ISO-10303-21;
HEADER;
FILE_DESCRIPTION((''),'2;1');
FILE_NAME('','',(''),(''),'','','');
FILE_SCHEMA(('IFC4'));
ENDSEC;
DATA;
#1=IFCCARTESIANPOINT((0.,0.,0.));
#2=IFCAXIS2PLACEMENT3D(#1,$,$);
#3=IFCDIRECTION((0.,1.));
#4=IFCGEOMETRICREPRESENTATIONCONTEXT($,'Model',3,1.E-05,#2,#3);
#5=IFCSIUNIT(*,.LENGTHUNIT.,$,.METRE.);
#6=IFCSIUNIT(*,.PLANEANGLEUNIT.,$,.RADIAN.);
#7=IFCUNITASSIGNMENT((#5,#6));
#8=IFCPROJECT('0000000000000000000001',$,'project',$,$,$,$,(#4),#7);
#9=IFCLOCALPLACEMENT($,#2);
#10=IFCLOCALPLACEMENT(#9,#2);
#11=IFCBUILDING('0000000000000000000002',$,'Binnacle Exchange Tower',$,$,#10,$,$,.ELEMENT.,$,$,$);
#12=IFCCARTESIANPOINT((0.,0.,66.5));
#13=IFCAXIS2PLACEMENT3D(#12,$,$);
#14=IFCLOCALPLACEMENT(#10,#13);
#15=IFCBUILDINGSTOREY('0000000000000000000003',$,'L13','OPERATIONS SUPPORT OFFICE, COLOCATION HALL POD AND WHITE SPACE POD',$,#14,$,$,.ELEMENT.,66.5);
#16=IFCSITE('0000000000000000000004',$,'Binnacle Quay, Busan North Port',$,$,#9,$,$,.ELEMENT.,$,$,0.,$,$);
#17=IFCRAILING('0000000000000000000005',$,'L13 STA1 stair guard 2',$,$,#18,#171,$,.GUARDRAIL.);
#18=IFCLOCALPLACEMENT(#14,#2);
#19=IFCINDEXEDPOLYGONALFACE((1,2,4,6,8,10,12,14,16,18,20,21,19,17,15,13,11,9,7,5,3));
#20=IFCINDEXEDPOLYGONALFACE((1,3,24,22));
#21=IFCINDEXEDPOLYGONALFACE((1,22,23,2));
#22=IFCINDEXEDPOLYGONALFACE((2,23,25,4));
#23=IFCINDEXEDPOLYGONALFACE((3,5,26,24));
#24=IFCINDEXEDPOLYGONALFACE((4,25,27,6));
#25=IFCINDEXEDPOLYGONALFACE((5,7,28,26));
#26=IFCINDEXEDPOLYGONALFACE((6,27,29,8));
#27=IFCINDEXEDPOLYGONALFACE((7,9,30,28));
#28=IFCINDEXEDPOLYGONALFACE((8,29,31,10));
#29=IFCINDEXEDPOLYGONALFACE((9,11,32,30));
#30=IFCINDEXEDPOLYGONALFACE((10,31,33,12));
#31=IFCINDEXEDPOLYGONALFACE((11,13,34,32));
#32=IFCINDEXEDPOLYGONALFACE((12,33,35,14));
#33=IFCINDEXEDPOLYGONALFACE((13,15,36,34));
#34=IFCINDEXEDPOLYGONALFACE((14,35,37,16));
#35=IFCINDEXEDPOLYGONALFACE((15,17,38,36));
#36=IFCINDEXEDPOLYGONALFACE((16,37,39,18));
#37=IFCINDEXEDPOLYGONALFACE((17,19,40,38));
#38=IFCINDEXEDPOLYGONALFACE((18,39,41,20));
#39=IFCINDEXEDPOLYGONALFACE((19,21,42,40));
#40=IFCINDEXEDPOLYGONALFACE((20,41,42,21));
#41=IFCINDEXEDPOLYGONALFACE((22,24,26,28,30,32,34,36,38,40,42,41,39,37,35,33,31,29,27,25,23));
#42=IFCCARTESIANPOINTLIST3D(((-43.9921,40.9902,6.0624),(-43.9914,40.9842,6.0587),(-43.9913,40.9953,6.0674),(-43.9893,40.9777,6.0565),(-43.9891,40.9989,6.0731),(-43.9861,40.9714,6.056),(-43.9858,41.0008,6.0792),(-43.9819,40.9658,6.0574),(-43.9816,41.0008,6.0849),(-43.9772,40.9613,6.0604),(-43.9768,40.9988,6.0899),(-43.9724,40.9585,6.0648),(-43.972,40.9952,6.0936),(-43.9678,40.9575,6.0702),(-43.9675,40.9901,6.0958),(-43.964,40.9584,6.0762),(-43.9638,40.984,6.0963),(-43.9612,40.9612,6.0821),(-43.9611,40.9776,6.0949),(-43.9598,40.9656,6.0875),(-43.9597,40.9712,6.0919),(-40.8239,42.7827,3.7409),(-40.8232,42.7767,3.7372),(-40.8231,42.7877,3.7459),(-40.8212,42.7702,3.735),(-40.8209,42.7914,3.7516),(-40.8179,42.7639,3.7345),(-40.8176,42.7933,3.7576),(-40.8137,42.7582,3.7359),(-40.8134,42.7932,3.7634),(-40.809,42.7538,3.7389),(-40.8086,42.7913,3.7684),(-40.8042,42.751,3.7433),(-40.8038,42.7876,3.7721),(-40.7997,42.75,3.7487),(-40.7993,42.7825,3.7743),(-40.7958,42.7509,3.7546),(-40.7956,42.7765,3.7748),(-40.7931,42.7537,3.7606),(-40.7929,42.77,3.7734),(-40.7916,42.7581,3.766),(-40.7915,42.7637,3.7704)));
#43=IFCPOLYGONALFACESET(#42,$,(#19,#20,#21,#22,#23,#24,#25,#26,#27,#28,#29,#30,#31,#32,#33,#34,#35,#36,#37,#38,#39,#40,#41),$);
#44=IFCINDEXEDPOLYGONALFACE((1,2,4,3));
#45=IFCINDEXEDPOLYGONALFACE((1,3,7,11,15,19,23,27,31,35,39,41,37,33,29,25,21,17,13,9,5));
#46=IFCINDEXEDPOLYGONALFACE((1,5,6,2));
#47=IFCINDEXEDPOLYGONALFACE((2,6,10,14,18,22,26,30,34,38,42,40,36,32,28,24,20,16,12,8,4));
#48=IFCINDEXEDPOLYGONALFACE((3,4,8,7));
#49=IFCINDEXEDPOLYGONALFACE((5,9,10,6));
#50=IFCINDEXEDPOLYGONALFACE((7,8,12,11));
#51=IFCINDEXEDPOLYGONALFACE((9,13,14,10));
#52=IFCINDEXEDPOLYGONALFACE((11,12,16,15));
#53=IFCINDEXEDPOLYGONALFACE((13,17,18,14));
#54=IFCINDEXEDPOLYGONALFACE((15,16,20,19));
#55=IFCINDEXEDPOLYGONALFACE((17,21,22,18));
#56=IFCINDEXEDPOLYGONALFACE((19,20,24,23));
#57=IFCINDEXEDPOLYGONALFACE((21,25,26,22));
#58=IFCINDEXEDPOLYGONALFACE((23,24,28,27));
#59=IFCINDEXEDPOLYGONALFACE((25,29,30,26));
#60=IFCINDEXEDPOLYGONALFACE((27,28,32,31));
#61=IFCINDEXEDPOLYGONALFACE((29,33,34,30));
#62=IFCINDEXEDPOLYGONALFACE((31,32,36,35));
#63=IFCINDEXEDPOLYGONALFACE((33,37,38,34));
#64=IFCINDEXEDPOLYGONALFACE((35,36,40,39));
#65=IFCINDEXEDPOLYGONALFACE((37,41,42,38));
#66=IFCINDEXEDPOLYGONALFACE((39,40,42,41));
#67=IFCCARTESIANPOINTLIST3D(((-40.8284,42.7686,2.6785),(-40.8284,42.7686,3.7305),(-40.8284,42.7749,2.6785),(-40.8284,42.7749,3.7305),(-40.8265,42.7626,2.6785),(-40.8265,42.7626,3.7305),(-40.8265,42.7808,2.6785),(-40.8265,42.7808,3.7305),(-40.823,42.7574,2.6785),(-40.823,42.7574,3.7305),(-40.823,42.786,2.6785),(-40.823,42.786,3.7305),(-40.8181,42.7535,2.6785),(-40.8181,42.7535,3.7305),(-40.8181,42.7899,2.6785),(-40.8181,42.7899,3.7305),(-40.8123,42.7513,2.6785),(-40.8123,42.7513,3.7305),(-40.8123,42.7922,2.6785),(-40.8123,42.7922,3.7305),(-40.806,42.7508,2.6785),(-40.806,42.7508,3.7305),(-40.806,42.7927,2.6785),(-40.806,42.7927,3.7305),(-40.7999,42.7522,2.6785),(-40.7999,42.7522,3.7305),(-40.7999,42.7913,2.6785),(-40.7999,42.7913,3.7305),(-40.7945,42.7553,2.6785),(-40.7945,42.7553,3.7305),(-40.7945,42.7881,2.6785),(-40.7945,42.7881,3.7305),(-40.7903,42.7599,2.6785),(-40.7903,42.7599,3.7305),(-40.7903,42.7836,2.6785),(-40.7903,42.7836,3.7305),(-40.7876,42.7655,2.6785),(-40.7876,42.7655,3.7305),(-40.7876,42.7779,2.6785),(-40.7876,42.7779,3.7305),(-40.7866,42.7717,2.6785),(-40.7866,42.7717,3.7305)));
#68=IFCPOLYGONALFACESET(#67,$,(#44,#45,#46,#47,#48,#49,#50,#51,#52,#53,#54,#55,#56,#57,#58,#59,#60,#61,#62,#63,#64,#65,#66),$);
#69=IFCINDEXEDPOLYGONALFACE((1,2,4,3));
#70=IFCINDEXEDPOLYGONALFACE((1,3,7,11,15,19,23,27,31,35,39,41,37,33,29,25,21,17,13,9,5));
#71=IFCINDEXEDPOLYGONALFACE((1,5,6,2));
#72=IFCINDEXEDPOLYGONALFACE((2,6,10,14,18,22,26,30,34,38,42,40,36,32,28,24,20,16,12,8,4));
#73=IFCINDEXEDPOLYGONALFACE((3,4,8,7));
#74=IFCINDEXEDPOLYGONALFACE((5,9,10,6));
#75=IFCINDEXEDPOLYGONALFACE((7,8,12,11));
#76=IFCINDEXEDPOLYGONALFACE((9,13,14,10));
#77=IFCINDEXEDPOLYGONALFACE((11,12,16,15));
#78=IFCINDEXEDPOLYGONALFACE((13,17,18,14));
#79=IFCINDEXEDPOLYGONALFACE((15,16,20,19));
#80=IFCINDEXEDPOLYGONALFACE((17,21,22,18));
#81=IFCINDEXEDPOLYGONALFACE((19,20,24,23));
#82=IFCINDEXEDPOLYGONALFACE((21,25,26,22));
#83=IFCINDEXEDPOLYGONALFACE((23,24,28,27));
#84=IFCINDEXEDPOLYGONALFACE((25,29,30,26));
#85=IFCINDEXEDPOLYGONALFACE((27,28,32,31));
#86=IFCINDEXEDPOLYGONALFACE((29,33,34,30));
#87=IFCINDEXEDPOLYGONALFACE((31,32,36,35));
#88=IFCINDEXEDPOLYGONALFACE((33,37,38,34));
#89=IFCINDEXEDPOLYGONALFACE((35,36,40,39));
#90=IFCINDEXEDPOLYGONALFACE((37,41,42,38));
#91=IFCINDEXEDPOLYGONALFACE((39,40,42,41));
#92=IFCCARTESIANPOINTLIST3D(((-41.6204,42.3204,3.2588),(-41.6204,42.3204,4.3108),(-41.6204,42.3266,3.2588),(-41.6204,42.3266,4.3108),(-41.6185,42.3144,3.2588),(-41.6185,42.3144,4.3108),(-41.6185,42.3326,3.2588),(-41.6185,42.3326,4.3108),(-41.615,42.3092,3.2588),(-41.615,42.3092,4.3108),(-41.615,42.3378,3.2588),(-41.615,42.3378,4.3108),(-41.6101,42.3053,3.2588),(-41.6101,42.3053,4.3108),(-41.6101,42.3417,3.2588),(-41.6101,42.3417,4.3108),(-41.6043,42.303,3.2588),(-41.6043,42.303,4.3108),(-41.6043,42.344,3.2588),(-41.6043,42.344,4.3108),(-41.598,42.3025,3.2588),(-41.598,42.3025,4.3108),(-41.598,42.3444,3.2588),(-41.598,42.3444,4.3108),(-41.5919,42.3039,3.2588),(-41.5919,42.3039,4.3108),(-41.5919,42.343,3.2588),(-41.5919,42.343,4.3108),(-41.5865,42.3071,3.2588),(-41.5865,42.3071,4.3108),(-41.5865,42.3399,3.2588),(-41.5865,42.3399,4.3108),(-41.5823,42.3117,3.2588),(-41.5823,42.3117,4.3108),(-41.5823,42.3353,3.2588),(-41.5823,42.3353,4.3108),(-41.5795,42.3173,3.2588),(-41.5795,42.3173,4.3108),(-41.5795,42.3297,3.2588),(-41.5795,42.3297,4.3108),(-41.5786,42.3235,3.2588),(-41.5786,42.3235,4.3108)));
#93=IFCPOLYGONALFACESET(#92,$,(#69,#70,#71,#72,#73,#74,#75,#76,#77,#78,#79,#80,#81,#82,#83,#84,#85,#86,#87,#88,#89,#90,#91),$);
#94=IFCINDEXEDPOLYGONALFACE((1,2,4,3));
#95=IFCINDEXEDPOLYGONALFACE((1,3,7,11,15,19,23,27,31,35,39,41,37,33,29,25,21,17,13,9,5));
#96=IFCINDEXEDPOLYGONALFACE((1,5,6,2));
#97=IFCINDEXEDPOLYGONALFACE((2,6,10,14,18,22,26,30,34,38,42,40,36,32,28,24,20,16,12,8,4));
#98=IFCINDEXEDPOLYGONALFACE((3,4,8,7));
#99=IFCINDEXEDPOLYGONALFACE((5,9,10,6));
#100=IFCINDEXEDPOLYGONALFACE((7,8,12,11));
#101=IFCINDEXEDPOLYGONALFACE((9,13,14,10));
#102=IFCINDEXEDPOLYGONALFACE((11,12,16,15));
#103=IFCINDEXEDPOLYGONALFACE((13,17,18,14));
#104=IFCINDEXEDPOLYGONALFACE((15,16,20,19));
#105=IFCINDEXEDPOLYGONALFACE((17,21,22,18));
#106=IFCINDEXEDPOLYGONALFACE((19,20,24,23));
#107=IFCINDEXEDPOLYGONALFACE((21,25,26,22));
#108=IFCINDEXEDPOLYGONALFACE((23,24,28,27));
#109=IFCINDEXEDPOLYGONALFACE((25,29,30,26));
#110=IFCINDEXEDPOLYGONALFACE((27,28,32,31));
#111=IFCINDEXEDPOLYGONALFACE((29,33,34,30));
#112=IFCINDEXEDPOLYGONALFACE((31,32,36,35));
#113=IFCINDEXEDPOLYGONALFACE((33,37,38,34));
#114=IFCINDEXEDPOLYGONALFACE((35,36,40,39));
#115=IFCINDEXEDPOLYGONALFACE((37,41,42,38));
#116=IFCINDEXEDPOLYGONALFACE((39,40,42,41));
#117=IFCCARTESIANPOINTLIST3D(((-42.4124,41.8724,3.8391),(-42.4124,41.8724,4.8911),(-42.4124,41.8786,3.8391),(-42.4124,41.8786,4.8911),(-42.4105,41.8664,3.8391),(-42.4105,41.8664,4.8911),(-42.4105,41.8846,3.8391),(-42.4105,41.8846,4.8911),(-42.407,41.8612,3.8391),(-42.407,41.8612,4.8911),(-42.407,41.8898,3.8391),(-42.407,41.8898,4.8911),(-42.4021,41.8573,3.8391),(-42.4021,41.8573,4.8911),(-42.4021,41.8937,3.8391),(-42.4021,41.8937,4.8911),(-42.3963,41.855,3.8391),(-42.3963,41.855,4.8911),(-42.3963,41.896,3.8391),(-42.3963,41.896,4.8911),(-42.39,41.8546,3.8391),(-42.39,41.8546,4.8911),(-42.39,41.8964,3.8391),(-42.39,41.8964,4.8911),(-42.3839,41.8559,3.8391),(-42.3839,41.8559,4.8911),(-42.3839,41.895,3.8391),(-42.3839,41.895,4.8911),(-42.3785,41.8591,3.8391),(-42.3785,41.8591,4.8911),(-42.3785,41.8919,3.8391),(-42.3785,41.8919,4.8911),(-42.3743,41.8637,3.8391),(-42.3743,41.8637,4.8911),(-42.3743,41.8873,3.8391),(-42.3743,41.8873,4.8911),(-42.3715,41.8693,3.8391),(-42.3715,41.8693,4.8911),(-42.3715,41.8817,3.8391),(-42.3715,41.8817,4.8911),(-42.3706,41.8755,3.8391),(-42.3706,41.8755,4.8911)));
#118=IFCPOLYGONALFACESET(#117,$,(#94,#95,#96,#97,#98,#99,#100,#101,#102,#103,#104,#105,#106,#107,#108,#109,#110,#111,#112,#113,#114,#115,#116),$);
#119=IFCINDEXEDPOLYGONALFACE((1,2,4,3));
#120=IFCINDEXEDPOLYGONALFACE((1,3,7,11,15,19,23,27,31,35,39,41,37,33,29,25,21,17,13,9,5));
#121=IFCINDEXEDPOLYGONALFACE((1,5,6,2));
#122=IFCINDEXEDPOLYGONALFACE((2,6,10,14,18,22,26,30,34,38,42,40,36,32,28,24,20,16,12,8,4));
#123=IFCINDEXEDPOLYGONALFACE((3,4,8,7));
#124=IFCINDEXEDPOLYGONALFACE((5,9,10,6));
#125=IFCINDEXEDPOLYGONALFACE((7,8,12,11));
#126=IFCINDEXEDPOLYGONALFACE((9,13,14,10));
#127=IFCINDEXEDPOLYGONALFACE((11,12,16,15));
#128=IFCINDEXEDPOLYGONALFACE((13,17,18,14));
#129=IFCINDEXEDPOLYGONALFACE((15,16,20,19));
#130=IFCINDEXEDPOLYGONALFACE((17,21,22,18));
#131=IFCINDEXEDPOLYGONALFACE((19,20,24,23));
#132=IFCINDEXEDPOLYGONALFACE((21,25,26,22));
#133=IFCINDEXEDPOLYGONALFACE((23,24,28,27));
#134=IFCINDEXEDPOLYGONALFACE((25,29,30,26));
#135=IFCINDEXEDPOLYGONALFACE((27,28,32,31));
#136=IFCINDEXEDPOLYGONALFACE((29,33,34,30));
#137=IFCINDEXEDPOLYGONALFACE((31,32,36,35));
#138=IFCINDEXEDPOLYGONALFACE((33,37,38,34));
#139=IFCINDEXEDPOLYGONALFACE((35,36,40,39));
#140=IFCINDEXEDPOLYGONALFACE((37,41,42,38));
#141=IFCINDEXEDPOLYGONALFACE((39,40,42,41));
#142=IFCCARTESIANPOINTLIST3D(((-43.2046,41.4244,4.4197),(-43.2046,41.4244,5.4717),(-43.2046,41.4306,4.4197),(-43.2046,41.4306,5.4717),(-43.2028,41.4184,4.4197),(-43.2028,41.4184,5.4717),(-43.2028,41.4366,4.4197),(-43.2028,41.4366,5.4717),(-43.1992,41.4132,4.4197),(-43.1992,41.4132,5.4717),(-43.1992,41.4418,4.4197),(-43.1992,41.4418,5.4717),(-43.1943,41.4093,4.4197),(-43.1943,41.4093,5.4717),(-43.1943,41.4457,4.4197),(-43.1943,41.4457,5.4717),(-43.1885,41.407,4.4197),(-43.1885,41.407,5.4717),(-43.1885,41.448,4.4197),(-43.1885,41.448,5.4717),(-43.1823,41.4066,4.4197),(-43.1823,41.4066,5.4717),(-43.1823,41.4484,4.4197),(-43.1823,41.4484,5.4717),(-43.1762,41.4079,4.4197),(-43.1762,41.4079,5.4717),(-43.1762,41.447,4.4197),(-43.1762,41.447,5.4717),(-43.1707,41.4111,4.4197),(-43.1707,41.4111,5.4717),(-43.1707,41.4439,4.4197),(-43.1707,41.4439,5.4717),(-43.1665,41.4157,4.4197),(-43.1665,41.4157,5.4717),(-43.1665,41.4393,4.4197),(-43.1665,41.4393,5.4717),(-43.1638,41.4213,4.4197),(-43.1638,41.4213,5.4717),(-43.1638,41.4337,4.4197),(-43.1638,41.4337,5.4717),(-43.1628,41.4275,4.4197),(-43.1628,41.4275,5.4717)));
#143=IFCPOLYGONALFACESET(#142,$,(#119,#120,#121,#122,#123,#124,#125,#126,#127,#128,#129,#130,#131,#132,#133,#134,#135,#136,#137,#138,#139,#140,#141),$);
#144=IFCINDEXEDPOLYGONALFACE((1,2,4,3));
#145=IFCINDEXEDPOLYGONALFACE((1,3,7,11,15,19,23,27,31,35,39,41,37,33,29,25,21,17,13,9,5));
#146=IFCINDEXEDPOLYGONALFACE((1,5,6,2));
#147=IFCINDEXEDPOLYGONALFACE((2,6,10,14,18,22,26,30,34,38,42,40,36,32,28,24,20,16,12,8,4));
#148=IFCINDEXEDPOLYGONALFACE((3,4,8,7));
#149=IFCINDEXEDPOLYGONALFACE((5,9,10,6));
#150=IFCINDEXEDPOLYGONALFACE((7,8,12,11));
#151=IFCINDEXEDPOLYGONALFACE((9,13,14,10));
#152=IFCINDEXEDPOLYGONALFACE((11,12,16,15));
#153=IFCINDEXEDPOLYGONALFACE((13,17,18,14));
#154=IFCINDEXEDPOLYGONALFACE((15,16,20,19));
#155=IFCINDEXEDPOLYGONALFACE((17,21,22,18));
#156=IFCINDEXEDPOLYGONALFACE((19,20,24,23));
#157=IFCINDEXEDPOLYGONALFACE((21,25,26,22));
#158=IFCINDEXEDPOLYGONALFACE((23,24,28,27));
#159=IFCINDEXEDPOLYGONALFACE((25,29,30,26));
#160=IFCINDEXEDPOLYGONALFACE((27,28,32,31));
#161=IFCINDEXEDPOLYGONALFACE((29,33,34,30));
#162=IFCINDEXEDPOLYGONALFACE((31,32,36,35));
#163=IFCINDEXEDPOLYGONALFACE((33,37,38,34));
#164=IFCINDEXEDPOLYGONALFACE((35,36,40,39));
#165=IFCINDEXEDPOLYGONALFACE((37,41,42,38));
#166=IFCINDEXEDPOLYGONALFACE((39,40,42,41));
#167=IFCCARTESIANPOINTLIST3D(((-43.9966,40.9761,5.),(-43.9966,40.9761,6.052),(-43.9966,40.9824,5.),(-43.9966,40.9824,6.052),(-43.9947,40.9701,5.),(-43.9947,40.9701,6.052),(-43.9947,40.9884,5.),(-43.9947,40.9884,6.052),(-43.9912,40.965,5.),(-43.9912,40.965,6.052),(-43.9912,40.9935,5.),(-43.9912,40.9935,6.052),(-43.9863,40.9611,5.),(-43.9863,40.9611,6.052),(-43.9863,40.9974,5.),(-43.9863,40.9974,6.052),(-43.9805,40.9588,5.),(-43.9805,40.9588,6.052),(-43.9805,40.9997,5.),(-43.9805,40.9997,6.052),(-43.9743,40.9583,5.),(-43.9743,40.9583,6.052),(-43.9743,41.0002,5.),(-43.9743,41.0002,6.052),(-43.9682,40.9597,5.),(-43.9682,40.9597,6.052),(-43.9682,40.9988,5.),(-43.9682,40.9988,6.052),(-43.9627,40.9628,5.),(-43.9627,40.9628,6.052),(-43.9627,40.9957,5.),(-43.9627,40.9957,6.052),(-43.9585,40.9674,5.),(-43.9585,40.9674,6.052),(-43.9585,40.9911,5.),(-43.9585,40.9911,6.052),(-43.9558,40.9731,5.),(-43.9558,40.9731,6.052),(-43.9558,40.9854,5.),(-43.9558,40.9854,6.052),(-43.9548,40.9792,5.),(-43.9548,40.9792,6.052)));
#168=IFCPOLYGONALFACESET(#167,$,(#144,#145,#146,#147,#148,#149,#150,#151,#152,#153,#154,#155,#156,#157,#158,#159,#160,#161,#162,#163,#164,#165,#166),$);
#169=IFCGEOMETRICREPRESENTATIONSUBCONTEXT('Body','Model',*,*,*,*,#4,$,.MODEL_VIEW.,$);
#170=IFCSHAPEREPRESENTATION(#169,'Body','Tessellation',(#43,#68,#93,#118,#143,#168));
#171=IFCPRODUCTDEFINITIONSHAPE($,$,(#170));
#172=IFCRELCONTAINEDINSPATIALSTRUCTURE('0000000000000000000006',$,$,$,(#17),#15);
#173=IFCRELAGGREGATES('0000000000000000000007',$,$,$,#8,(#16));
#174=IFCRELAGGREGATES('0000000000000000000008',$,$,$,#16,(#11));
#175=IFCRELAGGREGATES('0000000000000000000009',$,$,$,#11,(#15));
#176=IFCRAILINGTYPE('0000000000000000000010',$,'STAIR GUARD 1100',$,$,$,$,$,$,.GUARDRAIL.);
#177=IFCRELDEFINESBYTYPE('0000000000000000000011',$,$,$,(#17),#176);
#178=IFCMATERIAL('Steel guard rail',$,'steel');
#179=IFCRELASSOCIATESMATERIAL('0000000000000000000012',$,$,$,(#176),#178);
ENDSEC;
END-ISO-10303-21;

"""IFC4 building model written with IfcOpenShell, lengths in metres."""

from ifc_helpers import new_model, si_unit, direction, frame, origin, origin_2d, place, context, subcontext, project, spatial, circle, extrude, material, type_object, element, save


model = new_model("IFC4")

# Units and contexts
model_context = context("Model", 3, precision=1e-05, world=origin(), true_north=direction((0.0, 1.0)))
body_context = subcontext(model_context, "Body", "Model", "MODEL_VIEW")
ifc_project = project(units=[si_unit("LENGTHUNIT", "METRE"), si_unit("PLANEANGLEUNIT", "RADIAN")], contexts=[model_context])

# Site, building, storey
site_placement = place(None, origin())
site = spatial("IfcSite", under=ifc_project, at=site_placement, Name="Binnacle Quay, Busan North Port", CompositionType="ELEMENT", RefElevation=0.0)
building_placement = place(site_placement, origin())
building = spatial("IfcBuilding", under=site, at=building_placement, Name="Binnacle Exchange Tower", CompositionType="ELEMENT")
storey_placement = place(building_placement, frame((0.0, 0.0, 66.5)))
storey = spatial("IfcBuildingStorey", under=building, at=storey_placement, Name="L13", Description="OPERATIONS SUPPORT OFFICE, COLOCATION HALL POD AND WHITE SPACE POD", CompositionType="ELEMENT", Elevation=66.5)

# Railing
ifc_material_1 = material(Name="Steel guard rail", Category="steel")
railing_type_1 = type_object("IfcRailingType", Name="STAIR GUARD 1100", PredefinedType="GUARDRAIL", material=ifc_material_1)
railing_1_placement = place(storey_placement, frame((-40.8076, 42.7717, 2.6785)))
element("IfcRailing", 1, at=railing_1_placement, inside=storey, type_object=railing_type_1, Name="L13 STA1 stair guard 2", PredefinedType="GUARDRAIL", context=body_context, shape_type="SweptSolid", body=[
    extrude(circle(Radius=0.0239, at=origin_2d()), frame((0.0, 0.0, 1.0762), z_axis=(-0.733822, -0.415174, 0.537714), x_axis=(0.492422, -0.870357, 0.0)), (0.0, 0.0, 1.0), 4.3174),
    extrude(circle(Radius=0.021, at=origin_2d()), origin(), (0.0, 0.0, 1.0), 1.052),
    extrude(circle(Radius=0.021, at=origin_2d()), frame((-0.792, -0.4482, 0.5803)), (0.0, 0.0, 1.0), 1.052),
    extrude(circle(Radius=0.021, at=origin_2d()), frame((-1.584, -0.8962, 1.1606)), (0.0, 0.0, 1.0), 1.052),
    extrude(circle(Radius=0.021, at=origin_2d()), frame((-2.3762, -1.3442, 1.7412)), (0.0, 0.0, 1.0), 1.052),
    extrude(circle(Radius=0.021, at=origin_2d()), frame((-3.1682, -1.7925, 2.3215)), (0.0, 0.0, 1.0), 1.052),
])

save(model, "model.ifc")
